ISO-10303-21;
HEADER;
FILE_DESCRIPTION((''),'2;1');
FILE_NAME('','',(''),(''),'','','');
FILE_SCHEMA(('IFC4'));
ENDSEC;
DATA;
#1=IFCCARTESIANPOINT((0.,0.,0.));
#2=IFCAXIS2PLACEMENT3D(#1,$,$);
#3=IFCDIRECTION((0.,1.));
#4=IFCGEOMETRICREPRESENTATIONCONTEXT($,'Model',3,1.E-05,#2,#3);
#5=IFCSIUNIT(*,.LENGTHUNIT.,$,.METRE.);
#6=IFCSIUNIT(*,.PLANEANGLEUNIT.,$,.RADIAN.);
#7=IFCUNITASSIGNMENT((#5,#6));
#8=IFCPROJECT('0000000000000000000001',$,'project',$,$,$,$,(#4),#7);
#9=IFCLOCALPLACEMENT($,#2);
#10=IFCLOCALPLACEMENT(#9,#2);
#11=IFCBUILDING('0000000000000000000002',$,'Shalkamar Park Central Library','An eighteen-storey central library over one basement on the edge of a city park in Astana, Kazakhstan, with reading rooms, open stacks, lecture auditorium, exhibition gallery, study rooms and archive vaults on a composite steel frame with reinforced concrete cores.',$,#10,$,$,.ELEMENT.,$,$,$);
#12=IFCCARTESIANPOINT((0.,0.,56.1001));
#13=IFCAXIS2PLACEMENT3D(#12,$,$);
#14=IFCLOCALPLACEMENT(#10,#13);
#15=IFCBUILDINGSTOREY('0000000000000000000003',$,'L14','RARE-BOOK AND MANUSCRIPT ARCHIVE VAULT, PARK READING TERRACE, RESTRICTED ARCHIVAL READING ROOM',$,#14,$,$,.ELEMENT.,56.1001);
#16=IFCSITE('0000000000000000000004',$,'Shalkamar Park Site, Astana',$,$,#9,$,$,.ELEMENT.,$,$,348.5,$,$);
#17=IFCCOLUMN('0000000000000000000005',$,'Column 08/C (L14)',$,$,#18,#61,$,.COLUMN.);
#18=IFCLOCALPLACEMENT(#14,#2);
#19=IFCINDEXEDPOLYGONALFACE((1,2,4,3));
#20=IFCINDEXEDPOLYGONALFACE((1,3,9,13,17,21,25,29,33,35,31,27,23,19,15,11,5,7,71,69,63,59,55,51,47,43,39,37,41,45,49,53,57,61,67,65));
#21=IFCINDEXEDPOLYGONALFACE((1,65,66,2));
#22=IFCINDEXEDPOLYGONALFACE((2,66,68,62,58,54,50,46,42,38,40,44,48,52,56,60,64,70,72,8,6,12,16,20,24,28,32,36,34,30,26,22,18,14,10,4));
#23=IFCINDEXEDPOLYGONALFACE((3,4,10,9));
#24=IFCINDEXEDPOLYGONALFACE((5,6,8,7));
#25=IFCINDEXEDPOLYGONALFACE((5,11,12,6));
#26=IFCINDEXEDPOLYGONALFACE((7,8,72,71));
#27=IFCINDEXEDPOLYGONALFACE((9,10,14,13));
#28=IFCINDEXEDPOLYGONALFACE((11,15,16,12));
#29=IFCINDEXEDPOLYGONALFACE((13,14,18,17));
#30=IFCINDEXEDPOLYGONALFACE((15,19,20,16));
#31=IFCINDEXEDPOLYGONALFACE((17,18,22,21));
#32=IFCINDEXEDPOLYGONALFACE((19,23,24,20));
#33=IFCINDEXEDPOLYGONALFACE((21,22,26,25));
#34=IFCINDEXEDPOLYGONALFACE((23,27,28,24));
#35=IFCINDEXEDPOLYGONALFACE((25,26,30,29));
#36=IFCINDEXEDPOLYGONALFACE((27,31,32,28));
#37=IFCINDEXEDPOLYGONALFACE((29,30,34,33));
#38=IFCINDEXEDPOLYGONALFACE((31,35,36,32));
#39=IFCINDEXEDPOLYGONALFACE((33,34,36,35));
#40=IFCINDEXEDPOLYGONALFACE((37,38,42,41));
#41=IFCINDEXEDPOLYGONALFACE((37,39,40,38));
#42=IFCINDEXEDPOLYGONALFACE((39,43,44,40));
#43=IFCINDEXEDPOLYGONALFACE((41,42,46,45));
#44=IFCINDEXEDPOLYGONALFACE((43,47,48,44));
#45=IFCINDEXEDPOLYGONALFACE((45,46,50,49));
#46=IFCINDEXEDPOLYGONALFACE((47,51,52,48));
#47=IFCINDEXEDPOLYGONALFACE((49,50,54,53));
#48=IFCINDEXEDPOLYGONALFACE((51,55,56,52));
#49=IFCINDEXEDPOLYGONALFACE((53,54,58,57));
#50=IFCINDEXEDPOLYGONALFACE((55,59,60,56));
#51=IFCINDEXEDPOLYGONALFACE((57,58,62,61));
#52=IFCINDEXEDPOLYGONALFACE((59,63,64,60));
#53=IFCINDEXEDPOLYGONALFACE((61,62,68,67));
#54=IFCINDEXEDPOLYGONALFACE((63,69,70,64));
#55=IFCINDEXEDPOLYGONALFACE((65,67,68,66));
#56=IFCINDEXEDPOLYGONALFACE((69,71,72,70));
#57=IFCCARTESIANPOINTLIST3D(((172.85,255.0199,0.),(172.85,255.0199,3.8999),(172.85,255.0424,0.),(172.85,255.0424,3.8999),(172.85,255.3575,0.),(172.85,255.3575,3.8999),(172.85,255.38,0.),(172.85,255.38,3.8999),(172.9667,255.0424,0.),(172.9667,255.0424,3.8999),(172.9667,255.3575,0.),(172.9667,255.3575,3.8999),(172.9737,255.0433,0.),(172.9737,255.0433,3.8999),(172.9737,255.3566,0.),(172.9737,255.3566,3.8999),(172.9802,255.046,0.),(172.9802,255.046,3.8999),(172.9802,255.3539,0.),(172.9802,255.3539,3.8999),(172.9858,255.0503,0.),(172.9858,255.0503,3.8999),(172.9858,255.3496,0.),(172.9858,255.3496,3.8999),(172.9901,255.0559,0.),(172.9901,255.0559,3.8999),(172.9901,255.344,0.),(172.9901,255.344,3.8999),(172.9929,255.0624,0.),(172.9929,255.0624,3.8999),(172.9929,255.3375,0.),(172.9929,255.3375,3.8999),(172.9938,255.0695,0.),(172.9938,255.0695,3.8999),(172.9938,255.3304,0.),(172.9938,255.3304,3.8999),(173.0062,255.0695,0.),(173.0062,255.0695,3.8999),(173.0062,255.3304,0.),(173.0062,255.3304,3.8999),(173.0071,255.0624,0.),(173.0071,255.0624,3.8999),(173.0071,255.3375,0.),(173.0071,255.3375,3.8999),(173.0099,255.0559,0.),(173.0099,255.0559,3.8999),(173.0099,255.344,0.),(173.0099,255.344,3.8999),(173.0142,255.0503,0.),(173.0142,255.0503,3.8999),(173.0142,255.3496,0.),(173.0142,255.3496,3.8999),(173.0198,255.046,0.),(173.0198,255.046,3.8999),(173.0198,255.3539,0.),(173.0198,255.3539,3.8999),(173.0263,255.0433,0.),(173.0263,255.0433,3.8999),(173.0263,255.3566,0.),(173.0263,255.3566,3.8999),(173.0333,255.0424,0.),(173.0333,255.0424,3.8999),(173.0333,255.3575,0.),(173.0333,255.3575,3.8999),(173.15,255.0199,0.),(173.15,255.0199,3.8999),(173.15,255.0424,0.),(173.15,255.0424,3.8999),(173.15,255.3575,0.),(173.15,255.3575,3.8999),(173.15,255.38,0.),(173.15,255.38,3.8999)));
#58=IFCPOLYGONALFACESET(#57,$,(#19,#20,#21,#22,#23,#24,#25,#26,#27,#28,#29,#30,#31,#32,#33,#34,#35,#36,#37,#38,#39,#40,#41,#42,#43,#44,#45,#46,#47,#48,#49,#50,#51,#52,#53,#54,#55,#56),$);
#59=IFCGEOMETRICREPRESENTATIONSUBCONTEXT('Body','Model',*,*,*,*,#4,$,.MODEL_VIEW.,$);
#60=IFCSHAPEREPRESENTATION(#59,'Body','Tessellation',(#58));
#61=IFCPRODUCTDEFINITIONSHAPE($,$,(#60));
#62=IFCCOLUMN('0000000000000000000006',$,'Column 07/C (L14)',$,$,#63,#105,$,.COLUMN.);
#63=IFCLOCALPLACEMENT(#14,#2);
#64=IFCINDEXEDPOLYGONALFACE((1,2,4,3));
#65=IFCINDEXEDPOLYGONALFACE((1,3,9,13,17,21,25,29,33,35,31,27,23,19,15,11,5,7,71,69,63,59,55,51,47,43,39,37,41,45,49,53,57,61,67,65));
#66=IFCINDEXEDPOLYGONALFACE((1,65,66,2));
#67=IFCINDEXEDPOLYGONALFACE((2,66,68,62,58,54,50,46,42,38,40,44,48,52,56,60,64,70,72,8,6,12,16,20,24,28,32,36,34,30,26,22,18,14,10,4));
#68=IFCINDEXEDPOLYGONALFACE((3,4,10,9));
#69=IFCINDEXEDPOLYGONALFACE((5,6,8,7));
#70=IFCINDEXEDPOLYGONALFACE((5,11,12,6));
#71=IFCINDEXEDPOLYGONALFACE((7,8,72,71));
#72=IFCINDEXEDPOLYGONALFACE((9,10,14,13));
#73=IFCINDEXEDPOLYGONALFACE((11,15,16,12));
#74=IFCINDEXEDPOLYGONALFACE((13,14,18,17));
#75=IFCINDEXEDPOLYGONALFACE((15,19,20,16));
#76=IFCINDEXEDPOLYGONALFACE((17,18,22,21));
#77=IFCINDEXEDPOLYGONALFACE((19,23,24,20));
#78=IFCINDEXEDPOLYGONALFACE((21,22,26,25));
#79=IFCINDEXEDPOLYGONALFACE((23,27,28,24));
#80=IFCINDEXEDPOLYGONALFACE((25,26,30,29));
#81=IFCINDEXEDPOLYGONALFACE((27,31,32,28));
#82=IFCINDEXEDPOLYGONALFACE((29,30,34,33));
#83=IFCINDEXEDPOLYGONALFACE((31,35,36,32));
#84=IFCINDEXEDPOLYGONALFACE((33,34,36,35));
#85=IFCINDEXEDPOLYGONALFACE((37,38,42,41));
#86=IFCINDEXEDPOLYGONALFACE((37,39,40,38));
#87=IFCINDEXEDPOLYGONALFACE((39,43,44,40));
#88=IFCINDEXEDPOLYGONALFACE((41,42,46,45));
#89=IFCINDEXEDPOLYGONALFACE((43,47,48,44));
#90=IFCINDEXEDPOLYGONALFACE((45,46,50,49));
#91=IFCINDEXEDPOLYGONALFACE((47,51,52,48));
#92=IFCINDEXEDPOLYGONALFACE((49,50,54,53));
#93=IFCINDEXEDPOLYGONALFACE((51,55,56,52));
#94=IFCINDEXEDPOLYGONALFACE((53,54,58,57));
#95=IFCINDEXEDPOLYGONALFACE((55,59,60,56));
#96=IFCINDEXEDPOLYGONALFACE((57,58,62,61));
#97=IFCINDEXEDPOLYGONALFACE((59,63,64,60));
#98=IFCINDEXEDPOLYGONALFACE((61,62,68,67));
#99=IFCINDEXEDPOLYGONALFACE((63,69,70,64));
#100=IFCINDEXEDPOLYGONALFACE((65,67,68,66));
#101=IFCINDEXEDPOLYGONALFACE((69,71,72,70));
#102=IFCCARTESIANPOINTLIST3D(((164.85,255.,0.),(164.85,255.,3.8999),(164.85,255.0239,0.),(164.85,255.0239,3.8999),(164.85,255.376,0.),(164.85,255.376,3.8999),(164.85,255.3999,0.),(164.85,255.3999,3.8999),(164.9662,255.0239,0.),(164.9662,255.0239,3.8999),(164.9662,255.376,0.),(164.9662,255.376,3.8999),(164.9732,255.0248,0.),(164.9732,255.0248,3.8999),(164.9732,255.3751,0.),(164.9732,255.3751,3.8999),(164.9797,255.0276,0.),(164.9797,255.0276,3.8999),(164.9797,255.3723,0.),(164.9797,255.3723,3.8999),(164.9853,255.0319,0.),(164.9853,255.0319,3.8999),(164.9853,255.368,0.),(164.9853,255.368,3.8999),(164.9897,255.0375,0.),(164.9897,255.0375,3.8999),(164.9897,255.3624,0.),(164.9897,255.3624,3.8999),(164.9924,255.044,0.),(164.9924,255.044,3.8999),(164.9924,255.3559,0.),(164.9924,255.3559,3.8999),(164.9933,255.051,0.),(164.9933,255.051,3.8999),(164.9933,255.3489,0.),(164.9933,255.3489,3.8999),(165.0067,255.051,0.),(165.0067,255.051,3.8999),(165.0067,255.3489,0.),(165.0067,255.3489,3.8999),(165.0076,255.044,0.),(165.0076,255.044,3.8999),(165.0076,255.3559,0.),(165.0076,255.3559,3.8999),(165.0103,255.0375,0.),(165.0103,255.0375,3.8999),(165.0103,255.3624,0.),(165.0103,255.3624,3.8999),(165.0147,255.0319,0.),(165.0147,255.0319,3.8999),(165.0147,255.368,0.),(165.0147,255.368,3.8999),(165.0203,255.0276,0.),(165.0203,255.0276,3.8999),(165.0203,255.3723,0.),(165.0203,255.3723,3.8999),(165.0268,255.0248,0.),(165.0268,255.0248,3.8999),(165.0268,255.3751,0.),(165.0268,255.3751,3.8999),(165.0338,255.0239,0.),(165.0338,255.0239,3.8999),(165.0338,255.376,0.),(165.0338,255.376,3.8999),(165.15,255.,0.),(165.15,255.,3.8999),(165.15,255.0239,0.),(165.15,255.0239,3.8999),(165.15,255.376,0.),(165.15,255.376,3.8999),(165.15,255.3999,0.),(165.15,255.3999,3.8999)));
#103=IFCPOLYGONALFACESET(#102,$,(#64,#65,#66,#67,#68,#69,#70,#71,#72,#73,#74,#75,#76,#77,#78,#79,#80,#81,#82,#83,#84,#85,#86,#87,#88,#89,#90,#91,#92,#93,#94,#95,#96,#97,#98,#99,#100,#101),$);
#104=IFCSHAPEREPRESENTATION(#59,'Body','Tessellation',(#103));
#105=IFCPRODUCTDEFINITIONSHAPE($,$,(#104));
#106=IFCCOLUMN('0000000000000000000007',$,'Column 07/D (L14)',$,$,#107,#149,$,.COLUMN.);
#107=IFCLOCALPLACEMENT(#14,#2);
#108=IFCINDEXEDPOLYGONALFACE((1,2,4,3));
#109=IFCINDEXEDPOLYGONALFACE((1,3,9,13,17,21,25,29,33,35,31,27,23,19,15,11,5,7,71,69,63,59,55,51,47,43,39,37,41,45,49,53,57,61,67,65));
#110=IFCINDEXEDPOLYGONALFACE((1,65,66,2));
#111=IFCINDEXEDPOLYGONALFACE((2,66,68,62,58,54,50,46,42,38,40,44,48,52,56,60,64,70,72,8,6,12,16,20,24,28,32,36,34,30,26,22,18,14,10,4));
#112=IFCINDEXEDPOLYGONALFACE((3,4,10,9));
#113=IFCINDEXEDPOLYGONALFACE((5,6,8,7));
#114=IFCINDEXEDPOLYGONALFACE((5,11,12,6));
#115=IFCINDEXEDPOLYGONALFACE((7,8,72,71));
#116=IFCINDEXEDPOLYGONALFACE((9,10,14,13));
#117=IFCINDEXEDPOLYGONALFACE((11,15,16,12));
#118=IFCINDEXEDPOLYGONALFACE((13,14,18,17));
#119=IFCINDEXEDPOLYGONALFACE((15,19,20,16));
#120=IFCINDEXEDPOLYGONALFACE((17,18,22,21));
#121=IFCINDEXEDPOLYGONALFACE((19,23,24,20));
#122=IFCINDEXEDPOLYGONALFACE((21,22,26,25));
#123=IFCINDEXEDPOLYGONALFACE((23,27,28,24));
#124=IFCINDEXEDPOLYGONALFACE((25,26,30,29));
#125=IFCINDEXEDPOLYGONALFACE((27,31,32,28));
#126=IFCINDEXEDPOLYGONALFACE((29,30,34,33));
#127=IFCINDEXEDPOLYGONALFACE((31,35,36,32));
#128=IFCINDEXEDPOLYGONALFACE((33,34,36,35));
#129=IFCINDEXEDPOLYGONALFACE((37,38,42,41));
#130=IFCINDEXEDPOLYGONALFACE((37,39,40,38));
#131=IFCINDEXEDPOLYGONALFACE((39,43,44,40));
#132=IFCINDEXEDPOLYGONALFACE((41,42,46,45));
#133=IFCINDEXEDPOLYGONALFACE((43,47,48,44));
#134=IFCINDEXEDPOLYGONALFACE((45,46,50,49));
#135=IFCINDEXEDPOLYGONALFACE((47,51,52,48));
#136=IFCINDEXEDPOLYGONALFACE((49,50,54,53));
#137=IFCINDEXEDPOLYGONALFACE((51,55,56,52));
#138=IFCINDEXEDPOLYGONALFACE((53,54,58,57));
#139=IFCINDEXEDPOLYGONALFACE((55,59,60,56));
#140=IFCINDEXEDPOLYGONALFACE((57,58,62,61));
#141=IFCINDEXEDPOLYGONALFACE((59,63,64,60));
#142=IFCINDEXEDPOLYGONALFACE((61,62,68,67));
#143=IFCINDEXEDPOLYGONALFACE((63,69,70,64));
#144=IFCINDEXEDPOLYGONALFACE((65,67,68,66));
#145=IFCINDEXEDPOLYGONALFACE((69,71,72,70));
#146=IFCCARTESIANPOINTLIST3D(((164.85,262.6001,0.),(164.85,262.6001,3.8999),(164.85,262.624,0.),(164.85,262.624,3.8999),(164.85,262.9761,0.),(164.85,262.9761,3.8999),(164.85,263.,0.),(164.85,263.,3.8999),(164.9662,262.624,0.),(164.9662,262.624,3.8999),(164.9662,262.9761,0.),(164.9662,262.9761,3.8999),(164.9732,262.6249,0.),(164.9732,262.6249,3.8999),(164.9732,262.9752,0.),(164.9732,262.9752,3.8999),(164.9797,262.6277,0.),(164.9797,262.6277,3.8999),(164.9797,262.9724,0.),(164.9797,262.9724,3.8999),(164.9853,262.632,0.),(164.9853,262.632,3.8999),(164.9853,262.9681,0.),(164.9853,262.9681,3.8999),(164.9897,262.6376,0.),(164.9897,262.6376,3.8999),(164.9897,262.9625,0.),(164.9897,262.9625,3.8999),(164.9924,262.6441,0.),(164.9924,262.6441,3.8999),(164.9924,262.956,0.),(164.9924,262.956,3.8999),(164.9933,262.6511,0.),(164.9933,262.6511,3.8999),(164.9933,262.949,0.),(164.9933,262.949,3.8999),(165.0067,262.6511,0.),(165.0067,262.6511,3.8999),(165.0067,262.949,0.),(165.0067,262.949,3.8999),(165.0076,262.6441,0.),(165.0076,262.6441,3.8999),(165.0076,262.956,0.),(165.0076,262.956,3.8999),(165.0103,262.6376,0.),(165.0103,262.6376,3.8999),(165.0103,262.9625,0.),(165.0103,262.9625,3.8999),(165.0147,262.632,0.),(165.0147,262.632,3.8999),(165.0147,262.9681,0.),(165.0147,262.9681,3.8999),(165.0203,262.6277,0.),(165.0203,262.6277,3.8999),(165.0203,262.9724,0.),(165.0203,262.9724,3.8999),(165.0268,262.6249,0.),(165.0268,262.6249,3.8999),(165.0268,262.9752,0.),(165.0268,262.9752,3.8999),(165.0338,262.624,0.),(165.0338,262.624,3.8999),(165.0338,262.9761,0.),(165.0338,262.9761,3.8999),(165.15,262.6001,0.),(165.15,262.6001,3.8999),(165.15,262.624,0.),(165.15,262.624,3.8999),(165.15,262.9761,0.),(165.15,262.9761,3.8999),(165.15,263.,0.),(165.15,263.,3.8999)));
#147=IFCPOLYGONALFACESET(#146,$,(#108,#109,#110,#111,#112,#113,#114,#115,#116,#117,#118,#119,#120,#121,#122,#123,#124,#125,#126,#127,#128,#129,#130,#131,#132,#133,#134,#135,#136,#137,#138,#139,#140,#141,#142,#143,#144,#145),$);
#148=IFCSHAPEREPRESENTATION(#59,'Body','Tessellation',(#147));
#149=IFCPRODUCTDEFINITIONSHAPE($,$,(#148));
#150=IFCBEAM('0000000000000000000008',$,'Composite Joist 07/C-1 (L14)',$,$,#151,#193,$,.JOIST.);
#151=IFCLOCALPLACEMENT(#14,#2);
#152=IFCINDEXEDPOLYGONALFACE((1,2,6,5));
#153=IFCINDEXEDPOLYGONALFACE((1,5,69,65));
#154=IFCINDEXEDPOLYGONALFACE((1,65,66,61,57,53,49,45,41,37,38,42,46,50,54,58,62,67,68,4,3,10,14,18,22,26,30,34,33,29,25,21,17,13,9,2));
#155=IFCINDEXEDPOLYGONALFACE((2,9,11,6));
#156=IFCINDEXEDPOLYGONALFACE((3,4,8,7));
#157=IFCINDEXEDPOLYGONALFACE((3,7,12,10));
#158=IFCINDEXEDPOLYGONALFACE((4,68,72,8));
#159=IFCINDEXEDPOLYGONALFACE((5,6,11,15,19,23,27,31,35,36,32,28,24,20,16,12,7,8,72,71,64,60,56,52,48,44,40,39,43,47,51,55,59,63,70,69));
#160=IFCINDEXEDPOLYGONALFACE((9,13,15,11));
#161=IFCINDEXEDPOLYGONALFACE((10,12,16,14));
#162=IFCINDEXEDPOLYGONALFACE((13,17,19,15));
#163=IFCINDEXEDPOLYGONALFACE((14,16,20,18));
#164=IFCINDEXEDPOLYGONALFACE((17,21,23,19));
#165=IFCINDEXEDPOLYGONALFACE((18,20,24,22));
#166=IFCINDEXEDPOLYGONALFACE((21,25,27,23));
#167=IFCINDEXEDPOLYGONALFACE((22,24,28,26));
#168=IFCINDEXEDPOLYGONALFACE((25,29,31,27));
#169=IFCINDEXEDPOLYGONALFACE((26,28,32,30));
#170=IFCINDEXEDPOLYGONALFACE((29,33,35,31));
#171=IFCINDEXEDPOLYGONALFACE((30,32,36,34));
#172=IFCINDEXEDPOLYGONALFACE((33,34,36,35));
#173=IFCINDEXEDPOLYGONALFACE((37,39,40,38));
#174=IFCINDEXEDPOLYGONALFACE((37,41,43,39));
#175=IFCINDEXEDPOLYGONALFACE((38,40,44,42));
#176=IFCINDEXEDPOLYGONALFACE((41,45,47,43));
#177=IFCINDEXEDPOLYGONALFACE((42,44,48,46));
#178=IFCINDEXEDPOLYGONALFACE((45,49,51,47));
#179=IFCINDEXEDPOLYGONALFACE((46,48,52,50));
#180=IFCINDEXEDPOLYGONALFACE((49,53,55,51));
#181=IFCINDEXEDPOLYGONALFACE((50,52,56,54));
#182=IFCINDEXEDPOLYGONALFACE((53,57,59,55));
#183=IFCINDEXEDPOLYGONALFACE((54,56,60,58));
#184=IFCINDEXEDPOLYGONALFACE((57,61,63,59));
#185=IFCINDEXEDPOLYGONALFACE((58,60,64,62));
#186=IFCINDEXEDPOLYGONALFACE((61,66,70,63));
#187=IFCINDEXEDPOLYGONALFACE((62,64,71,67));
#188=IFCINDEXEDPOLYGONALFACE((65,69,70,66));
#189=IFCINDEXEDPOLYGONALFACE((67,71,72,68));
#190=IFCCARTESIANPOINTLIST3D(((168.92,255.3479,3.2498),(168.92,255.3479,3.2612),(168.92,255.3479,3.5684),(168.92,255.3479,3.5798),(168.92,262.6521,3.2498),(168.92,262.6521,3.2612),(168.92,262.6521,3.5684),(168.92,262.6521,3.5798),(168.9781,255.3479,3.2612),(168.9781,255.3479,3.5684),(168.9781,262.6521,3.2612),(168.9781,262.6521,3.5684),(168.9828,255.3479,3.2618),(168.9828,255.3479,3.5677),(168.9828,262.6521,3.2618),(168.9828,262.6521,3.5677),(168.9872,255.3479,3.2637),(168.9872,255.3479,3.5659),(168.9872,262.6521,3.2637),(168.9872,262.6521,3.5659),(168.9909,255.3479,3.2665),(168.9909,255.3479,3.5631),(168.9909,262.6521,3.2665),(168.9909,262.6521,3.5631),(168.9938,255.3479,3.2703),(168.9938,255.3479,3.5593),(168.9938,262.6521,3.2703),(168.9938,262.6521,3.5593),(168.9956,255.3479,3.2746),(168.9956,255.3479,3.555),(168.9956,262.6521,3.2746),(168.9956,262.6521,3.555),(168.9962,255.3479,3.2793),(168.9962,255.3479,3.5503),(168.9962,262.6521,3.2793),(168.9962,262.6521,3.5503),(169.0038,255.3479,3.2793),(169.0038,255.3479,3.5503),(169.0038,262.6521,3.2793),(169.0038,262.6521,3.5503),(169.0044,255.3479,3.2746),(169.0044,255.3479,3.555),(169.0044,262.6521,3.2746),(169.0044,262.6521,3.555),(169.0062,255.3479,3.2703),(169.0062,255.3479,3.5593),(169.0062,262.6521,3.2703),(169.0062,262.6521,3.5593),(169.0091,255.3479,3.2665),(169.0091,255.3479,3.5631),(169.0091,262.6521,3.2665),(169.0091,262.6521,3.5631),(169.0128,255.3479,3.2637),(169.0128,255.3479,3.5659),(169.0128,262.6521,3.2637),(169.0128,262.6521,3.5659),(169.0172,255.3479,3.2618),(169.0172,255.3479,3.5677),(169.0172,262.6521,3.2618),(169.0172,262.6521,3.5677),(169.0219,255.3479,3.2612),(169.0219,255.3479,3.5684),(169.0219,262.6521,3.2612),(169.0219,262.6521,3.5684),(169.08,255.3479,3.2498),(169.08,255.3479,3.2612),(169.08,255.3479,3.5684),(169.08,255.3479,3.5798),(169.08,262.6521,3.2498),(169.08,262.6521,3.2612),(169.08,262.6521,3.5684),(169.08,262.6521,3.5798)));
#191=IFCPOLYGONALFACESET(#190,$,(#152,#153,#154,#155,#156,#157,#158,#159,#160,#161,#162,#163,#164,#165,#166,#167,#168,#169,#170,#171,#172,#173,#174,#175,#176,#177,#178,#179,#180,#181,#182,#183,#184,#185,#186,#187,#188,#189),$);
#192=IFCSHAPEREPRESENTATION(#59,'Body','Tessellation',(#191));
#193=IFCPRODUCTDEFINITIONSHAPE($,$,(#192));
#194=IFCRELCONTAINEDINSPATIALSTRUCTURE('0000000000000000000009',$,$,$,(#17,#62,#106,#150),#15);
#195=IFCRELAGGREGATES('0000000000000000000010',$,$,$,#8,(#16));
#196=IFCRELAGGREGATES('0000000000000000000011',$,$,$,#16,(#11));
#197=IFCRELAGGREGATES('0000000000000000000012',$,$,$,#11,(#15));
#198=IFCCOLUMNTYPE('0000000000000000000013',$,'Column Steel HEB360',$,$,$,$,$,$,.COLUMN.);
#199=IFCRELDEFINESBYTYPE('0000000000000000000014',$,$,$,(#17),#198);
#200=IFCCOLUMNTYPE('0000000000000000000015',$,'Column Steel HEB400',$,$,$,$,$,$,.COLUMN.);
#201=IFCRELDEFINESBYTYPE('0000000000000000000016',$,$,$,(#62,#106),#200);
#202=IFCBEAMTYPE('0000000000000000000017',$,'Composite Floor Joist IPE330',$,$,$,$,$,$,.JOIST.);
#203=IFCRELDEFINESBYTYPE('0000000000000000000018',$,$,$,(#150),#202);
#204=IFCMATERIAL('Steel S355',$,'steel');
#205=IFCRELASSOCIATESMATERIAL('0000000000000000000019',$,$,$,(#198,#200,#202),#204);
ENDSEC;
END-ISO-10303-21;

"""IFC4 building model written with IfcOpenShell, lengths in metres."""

from ifc_helpers import new_model, si_unit, direction, frame, origin, origin_2d, place, context, subcontext, project, spatial, i_section, extrude, material, material_profile, profile_set, type_object, element, save


model = new_model("IFC4")

# Units and contexts
model_context = context("Model", 3, precision=1e-05, world=origin(), true_north=direction((0.0, 1.0)))
body_context = subcontext(model_context, "Body", "Model", "MODEL_VIEW")
ifc_project = project(units=[si_unit("LENGTHUNIT", "METRE"), si_unit("PLANEANGLEUNIT", "RADIAN")], contexts=[model_context])

# Site, building, storey
site_placement = place(None, origin())
site = spatial("IfcSite", under=ifc_project, at=site_placement, Name="Shalkamar Park Site, Astana", CompositionType="ELEMENT", RefElevation=348.5)
building_placement = place(site_placement, origin())
building = spatial("IfcBuilding", under=site, at=building_placement, Name="Shalkamar Park Central Library", Description="An eighteen-storey central library over one basement on the edge of a city park in Astana, Kazakhstan, with reading rooms, open stacks, lecture auditorium, exhibition gallery, study rooms and archive vaults on a composite steel frame with reinforced concrete cores.", CompositionType="ELEMENT")
storey_placement = place(building_placement, frame((0.0, 0.0, 56.1001)))
storey = spatial("IfcBuildingStorey", under=building, at=storey_placement, Name="L14", Description="RARE-BOOK AND MANUSCRIPT ARCHIVE VAULT, PARK READING TERRACE, RESTRICTED ARCHIVAL READING ROOM", CompositionType="ELEMENT", Elevation=56.1001)

# Columns
ifc_material_1 = material(Name="Steel S355", Category="steel")
ifc_material_profile_1 = material_profile(ifc_material_1, i_section(OverallWidth=0.3, OverallDepth=0.3601, WebThickness=0.0125, FlangeThickness=0.0225, FilletRadius=0.0271, at=origin_2d()), Name="HEB 360")
ifc_profile_set_1 = profile_set([ifc_material_profile_1], Name="Steel S355")
column_type_1 = type_object("IfcColumnType", Name="Column Steel HEB360", PredefinedType="COLUMN", material=ifc_profile_set_1)
column_placement = place(storey_placement, frame((173.0, 255.2, 0.0), z_axis=(0.0, 0.0, 1.0), x_axis=(1.0, 0.0, 0.0)))
element("IfcColumn", 1, at=column_placement, inside=storey, type_object=column_type_1, Name="Column 08/C (L14)", PredefinedType="COLUMN", context=body_context, shape_type="SweptSolid", body=[
    extrude(i_section(OverallWidth=0.3, OverallDepth=0.3601, WebThickness=0.0125, FlangeThickness=0.0225, FilletRadius=0.0271, at=origin_2d()), origin(), (0.0, 0.0, 1.0), 3.8999),
])
ifc_material_profile_2 = material_profile(ifc_material_1, i_section(OverallWidth=0.3, OverallDepth=0.3999, WebThickness=0.0134, FlangeThickness=0.0239, FilletRadius=0.0271, at=origin_2d()), Name="HEB 400")
ifc_profile_set_2 = profile_set([ifc_material_profile_2], Name="Steel S355")
column_type_2 = type_object("IfcColumnType", Name="Column Steel HEB400", PredefinedType="COLUMN", material=ifc_profile_set_2)
for number, where, z_axis, x_axis, name in (
    (2, (165.0, 255.2, 0.0), (0.0, 0.0, 1.0), (1.0, 0.0, 0.0), "Column 07/C (L14)"),
    (3, (165.0, 262.8, 0.0), (0.0, 0.0, 1.0), (1.0, 0.0, 0.0), "Column 07/D (L14)"),
):
    element("IfcColumn", number, at=place(storey_placement, frame(where, z_axis=z_axis, x_axis=x_axis)), inside=storey, type_object=column_type_2, Name=name, PredefinedType="COLUMN", context=body_context, shape_type="SweptSolid", body=[
        extrude(i_section(OverallWidth=0.3, OverallDepth=0.3999, WebThickness=0.0134, FlangeThickness=0.0239, FilletRadius=0.0271, at=origin_2d()), origin(), (0.0, 0.0, 1.0), 3.8999),
    ])

# Beam
ifc_material_profile_3 = material_profile(ifc_material_1, i_section(OverallWidth=0.1599, OverallDepth=0.3301, WebThickness=0.0076, FlangeThickness=0.0115, FilletRadius=0.0181, at=origin_2d()), Name="IPE 330")
ifc_profile_set_3 = profile_set([ifc_material_profile_3], Name="Steel S355")
beam_type_1 = type_object("IfcBeamType", Name="Composite Floor Joist IPE330", PredefinedType="JOIST", material=ifc_profile_set_3)
beam_1_placement = place(storey_placement, frame((169.0, 255.3479, 3.4148), z_axis=(0.0, 1.0, 0.0), x_axis=(-1.0, 0.0, 0.0)))
element("IfcBeam", 4, at=beam_1_placement, inside=storey, type_object=beam_type_1, Name="Composite Joist 07/C-1 (L14)", PredefinedType="JOIST", context=body_context, shape_type="SweptSolid", body=[
    extrude(i_section(OverallWidth=0.1599, OverallDepth=0.3301, WebThickness=0.0076, FlangeThickness=0.0115, FilletRadius=0.0181, at=origin_2d()), origin(), (0.0, 0.0, 1.0), 7.3042),
])

save(model, "model.ifc")
